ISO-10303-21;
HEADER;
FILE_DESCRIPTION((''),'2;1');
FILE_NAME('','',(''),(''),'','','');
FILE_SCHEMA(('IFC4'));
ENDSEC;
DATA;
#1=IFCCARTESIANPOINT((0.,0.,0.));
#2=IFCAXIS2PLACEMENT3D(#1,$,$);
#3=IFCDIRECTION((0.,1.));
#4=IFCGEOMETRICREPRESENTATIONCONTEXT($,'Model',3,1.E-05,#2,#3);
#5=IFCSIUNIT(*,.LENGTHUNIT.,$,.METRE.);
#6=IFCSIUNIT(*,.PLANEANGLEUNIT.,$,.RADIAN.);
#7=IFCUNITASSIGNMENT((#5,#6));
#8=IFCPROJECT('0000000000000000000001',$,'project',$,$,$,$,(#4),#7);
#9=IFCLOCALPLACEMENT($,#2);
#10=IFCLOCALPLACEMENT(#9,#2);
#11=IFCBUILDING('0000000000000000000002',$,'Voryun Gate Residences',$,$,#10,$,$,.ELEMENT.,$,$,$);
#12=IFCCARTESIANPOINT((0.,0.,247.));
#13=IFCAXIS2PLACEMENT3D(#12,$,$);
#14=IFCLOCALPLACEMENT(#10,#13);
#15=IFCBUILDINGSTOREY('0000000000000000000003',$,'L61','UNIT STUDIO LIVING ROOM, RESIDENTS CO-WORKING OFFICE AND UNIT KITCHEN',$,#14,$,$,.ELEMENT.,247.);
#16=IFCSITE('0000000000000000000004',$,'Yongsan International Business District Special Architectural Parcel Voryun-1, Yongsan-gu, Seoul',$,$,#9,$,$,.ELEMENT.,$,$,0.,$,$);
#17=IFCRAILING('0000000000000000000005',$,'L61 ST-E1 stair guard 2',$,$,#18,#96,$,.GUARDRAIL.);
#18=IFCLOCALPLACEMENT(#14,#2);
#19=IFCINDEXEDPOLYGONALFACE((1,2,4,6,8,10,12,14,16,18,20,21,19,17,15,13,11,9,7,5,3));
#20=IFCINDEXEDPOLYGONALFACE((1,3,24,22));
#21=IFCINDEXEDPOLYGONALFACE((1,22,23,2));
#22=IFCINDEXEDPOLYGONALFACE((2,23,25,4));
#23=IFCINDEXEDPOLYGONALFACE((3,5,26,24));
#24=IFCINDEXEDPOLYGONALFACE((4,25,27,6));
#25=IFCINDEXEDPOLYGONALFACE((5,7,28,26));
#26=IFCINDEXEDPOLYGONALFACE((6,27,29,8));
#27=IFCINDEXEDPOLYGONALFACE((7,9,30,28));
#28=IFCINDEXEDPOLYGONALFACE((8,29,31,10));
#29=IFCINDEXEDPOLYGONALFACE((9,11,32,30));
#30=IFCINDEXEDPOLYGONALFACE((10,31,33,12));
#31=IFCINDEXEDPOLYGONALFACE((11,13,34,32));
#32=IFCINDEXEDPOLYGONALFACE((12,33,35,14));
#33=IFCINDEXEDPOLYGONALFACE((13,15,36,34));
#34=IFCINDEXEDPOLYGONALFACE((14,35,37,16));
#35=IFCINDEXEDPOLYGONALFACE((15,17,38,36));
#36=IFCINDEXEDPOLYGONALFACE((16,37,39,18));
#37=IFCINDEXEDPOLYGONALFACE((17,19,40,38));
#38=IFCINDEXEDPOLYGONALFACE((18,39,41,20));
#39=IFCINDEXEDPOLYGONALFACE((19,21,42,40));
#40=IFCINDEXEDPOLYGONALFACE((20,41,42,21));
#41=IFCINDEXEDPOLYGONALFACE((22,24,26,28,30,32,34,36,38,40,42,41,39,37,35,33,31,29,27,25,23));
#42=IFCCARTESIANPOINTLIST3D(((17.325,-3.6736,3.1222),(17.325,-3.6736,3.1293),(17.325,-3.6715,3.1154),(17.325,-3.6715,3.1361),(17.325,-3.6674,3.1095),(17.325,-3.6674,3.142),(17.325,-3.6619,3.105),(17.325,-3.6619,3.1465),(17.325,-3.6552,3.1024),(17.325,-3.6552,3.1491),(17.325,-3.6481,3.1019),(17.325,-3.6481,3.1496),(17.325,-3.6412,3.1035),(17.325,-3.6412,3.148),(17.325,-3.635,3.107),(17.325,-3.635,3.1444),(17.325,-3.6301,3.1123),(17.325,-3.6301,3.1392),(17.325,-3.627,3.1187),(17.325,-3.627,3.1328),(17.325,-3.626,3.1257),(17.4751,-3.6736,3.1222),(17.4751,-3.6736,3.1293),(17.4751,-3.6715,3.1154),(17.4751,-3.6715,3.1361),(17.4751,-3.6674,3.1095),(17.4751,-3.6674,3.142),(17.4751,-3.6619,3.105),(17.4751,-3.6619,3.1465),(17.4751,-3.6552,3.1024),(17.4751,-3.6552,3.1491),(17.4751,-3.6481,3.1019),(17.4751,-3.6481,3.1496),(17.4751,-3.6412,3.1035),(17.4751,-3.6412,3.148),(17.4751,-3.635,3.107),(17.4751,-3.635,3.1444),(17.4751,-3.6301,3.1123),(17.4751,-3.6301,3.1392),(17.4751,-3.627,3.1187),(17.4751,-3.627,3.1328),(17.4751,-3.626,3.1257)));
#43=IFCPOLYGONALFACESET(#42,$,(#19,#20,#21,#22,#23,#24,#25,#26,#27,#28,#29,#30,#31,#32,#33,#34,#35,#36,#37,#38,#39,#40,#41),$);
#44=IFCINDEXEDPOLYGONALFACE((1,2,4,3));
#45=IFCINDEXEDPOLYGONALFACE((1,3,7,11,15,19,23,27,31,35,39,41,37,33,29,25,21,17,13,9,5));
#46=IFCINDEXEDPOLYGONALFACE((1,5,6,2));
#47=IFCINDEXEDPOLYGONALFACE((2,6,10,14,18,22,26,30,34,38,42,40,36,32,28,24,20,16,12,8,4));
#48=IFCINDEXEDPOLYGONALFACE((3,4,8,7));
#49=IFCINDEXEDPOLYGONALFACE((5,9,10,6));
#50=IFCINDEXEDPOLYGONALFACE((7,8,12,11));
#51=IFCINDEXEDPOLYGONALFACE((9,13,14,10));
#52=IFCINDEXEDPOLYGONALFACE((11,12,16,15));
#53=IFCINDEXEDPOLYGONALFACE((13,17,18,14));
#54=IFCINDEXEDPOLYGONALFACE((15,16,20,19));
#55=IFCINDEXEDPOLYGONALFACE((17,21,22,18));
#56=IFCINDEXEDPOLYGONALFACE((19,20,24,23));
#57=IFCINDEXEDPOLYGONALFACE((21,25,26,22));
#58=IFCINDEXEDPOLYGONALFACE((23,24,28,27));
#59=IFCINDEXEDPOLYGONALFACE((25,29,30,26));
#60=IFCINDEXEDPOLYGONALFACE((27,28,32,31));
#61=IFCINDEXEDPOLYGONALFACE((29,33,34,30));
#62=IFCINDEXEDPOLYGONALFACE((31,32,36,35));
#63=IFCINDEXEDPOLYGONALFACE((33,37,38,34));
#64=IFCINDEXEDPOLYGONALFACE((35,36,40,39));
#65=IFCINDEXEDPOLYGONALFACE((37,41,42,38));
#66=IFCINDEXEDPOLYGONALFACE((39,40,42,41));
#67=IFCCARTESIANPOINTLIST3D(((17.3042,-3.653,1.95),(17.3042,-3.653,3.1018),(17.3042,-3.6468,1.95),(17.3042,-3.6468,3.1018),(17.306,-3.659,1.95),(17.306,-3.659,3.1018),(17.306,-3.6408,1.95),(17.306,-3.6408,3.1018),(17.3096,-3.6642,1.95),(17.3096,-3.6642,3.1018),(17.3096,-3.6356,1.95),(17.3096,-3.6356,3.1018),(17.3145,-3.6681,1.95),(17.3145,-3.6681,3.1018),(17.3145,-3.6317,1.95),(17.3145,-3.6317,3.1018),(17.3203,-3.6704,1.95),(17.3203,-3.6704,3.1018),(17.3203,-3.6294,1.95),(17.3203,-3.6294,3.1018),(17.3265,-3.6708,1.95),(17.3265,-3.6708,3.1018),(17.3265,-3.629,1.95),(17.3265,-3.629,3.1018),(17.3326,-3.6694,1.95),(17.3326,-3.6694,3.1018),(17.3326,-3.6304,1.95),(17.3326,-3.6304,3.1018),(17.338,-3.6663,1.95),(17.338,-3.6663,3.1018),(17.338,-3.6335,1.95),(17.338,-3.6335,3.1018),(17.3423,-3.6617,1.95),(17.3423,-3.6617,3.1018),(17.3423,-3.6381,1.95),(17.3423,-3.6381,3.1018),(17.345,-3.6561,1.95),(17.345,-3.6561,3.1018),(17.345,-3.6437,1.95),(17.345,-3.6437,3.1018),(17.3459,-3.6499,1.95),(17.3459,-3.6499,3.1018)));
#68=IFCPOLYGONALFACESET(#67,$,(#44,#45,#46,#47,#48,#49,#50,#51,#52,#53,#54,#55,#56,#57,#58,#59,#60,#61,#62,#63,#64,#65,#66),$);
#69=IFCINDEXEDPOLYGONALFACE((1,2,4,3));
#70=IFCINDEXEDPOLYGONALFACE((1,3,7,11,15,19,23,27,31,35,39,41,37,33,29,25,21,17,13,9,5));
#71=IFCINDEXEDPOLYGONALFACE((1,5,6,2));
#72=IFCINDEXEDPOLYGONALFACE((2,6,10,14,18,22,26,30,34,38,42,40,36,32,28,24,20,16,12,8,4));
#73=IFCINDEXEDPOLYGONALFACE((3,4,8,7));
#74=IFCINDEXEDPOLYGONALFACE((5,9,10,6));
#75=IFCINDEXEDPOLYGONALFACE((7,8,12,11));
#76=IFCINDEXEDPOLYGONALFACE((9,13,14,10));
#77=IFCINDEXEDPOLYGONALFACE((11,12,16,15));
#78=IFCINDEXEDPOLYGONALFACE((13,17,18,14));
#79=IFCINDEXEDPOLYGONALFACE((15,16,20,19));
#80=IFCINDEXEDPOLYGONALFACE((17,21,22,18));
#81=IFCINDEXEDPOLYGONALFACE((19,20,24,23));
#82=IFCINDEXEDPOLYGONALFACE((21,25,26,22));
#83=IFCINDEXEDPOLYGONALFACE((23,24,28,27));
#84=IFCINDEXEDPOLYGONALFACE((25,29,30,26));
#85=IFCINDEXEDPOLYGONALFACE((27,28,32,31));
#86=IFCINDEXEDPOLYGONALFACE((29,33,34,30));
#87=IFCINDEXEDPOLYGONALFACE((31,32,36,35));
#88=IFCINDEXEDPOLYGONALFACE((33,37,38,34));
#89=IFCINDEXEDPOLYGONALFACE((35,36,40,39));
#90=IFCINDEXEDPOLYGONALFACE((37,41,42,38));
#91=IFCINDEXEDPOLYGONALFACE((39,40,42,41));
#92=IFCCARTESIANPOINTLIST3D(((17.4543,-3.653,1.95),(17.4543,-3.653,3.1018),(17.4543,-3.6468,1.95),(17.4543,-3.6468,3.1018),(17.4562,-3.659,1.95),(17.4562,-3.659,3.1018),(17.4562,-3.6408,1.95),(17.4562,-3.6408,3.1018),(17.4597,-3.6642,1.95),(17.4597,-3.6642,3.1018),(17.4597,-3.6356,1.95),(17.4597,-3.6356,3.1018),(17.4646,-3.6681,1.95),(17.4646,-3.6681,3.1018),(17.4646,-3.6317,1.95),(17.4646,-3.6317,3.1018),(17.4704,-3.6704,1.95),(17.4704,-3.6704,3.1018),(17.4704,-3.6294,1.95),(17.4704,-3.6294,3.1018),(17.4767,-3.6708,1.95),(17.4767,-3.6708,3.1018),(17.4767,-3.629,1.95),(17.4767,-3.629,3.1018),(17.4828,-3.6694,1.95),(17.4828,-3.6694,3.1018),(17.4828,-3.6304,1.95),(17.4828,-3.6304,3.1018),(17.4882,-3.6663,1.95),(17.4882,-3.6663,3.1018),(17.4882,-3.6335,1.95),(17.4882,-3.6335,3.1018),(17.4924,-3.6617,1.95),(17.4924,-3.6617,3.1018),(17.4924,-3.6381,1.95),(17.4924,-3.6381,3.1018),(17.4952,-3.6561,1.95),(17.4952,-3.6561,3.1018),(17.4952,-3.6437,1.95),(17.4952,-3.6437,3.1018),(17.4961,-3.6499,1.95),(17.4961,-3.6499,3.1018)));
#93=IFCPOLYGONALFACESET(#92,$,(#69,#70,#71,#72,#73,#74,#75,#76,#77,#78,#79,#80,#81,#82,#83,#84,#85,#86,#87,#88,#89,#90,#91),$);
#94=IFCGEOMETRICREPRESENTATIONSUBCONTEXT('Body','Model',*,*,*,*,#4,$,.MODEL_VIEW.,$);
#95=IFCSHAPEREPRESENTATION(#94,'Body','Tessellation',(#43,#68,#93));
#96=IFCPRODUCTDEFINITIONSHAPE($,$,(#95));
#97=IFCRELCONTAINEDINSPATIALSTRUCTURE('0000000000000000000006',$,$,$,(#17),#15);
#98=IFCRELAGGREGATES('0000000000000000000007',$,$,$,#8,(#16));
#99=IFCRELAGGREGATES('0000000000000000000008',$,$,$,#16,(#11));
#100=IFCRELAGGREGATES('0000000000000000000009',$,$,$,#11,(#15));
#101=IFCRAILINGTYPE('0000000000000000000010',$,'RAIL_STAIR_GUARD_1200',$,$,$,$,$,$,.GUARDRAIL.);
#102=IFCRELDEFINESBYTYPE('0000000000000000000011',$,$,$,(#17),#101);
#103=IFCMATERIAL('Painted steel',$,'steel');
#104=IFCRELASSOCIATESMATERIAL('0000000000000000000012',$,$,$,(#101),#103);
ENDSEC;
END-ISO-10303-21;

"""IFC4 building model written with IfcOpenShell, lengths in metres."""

from ifc_helpers import new_model, si_unit, direction, frame, origin, origin_2d, place, context, subcontext, project, spatial, circle, extrude, material, type_object, element, save


model = new_model("IFC4")

# Units and contexts
model_context = context("Model", 3, precision=1e-05, world=origin(), true_north=direction((0.0, 1.0)))
body_context = subcontext(model_context, "Body", "Model", "MODEL_VIEW")
ifc_project = project(units=[si_unit("LENGTHUNIT", "METRE"), si_unit("PLANEANGLEUNIT", "RADIAN")], contexts=[model_context])

# Site, building, storey
site_placement = place(None, origin())
site = spatial("IfcSite", under=ifc_project, at=site_placement, Name="Yongsan International Business District Special Architectural Parcel Voryun-1, Yongsan-gu, Seoul", CompositionType="ELEMENT", RefElevation=0.0)
building_placement = place(site_placement, origin())
building = spatial("IfcBuilding", under=site, at=building_placement, Name="Voryun Gate Residences", CompositionType="ELEMENT")
storey_placement = place(building_placement, frame((0.0, 0.0, 247.0)))
storey = spatial("IfcBuildingStorey", under=building, at=storey_placement, Name="L61", Description="UNIT STUDIO LIVING ROOM, RESIDENTS CO-WORKING OFFICE AND UNIT KITCHEN", CompositionType="ELEMENT", Elevation=247.0)

# Railing
ifc_material_1 = material(Name="Painted steel", Category="steel")
railing_type_1 = type_object("IfcRailingType", Name="RAIL_STAIR_GUARD_1200", PredefinedType="GUARDRAIL", material=ifc_material_1)
railing_1_placement = place(storey_placement, frame((17.325, -3.6499, 1.95)))
element("IfcRailing", 1, at=railing_1_placement, inside=storey, type_object=railing_type_1, Name="L61 ST-E1 stair guard 2", PredefinedType="GUARDRAIL", context=body_context, shape_type="SweptSolid", body=[
    extrude(circle(Radius=0.0239, at=origin_2d()), frame((0.0, 0.0, 1.1758), z_axis=(1.0, 0.0, 0.0), x_axis=(0.0, 1.0, 0.0)), (0.0, 0.0, 1.0), 0.1501),
    extrude(circle(Radius=0.021, at=origin_2d()), origin(), (0.0, 0.0, 1.0), 1.1519),
    extrude(circle(Radius=0.021, at=origin_2d()), frame((0.1501, 0.0, 0.0)), (0.0, 0.0, 1.0), 1.1519),
])

save(model, "model.ifc")
